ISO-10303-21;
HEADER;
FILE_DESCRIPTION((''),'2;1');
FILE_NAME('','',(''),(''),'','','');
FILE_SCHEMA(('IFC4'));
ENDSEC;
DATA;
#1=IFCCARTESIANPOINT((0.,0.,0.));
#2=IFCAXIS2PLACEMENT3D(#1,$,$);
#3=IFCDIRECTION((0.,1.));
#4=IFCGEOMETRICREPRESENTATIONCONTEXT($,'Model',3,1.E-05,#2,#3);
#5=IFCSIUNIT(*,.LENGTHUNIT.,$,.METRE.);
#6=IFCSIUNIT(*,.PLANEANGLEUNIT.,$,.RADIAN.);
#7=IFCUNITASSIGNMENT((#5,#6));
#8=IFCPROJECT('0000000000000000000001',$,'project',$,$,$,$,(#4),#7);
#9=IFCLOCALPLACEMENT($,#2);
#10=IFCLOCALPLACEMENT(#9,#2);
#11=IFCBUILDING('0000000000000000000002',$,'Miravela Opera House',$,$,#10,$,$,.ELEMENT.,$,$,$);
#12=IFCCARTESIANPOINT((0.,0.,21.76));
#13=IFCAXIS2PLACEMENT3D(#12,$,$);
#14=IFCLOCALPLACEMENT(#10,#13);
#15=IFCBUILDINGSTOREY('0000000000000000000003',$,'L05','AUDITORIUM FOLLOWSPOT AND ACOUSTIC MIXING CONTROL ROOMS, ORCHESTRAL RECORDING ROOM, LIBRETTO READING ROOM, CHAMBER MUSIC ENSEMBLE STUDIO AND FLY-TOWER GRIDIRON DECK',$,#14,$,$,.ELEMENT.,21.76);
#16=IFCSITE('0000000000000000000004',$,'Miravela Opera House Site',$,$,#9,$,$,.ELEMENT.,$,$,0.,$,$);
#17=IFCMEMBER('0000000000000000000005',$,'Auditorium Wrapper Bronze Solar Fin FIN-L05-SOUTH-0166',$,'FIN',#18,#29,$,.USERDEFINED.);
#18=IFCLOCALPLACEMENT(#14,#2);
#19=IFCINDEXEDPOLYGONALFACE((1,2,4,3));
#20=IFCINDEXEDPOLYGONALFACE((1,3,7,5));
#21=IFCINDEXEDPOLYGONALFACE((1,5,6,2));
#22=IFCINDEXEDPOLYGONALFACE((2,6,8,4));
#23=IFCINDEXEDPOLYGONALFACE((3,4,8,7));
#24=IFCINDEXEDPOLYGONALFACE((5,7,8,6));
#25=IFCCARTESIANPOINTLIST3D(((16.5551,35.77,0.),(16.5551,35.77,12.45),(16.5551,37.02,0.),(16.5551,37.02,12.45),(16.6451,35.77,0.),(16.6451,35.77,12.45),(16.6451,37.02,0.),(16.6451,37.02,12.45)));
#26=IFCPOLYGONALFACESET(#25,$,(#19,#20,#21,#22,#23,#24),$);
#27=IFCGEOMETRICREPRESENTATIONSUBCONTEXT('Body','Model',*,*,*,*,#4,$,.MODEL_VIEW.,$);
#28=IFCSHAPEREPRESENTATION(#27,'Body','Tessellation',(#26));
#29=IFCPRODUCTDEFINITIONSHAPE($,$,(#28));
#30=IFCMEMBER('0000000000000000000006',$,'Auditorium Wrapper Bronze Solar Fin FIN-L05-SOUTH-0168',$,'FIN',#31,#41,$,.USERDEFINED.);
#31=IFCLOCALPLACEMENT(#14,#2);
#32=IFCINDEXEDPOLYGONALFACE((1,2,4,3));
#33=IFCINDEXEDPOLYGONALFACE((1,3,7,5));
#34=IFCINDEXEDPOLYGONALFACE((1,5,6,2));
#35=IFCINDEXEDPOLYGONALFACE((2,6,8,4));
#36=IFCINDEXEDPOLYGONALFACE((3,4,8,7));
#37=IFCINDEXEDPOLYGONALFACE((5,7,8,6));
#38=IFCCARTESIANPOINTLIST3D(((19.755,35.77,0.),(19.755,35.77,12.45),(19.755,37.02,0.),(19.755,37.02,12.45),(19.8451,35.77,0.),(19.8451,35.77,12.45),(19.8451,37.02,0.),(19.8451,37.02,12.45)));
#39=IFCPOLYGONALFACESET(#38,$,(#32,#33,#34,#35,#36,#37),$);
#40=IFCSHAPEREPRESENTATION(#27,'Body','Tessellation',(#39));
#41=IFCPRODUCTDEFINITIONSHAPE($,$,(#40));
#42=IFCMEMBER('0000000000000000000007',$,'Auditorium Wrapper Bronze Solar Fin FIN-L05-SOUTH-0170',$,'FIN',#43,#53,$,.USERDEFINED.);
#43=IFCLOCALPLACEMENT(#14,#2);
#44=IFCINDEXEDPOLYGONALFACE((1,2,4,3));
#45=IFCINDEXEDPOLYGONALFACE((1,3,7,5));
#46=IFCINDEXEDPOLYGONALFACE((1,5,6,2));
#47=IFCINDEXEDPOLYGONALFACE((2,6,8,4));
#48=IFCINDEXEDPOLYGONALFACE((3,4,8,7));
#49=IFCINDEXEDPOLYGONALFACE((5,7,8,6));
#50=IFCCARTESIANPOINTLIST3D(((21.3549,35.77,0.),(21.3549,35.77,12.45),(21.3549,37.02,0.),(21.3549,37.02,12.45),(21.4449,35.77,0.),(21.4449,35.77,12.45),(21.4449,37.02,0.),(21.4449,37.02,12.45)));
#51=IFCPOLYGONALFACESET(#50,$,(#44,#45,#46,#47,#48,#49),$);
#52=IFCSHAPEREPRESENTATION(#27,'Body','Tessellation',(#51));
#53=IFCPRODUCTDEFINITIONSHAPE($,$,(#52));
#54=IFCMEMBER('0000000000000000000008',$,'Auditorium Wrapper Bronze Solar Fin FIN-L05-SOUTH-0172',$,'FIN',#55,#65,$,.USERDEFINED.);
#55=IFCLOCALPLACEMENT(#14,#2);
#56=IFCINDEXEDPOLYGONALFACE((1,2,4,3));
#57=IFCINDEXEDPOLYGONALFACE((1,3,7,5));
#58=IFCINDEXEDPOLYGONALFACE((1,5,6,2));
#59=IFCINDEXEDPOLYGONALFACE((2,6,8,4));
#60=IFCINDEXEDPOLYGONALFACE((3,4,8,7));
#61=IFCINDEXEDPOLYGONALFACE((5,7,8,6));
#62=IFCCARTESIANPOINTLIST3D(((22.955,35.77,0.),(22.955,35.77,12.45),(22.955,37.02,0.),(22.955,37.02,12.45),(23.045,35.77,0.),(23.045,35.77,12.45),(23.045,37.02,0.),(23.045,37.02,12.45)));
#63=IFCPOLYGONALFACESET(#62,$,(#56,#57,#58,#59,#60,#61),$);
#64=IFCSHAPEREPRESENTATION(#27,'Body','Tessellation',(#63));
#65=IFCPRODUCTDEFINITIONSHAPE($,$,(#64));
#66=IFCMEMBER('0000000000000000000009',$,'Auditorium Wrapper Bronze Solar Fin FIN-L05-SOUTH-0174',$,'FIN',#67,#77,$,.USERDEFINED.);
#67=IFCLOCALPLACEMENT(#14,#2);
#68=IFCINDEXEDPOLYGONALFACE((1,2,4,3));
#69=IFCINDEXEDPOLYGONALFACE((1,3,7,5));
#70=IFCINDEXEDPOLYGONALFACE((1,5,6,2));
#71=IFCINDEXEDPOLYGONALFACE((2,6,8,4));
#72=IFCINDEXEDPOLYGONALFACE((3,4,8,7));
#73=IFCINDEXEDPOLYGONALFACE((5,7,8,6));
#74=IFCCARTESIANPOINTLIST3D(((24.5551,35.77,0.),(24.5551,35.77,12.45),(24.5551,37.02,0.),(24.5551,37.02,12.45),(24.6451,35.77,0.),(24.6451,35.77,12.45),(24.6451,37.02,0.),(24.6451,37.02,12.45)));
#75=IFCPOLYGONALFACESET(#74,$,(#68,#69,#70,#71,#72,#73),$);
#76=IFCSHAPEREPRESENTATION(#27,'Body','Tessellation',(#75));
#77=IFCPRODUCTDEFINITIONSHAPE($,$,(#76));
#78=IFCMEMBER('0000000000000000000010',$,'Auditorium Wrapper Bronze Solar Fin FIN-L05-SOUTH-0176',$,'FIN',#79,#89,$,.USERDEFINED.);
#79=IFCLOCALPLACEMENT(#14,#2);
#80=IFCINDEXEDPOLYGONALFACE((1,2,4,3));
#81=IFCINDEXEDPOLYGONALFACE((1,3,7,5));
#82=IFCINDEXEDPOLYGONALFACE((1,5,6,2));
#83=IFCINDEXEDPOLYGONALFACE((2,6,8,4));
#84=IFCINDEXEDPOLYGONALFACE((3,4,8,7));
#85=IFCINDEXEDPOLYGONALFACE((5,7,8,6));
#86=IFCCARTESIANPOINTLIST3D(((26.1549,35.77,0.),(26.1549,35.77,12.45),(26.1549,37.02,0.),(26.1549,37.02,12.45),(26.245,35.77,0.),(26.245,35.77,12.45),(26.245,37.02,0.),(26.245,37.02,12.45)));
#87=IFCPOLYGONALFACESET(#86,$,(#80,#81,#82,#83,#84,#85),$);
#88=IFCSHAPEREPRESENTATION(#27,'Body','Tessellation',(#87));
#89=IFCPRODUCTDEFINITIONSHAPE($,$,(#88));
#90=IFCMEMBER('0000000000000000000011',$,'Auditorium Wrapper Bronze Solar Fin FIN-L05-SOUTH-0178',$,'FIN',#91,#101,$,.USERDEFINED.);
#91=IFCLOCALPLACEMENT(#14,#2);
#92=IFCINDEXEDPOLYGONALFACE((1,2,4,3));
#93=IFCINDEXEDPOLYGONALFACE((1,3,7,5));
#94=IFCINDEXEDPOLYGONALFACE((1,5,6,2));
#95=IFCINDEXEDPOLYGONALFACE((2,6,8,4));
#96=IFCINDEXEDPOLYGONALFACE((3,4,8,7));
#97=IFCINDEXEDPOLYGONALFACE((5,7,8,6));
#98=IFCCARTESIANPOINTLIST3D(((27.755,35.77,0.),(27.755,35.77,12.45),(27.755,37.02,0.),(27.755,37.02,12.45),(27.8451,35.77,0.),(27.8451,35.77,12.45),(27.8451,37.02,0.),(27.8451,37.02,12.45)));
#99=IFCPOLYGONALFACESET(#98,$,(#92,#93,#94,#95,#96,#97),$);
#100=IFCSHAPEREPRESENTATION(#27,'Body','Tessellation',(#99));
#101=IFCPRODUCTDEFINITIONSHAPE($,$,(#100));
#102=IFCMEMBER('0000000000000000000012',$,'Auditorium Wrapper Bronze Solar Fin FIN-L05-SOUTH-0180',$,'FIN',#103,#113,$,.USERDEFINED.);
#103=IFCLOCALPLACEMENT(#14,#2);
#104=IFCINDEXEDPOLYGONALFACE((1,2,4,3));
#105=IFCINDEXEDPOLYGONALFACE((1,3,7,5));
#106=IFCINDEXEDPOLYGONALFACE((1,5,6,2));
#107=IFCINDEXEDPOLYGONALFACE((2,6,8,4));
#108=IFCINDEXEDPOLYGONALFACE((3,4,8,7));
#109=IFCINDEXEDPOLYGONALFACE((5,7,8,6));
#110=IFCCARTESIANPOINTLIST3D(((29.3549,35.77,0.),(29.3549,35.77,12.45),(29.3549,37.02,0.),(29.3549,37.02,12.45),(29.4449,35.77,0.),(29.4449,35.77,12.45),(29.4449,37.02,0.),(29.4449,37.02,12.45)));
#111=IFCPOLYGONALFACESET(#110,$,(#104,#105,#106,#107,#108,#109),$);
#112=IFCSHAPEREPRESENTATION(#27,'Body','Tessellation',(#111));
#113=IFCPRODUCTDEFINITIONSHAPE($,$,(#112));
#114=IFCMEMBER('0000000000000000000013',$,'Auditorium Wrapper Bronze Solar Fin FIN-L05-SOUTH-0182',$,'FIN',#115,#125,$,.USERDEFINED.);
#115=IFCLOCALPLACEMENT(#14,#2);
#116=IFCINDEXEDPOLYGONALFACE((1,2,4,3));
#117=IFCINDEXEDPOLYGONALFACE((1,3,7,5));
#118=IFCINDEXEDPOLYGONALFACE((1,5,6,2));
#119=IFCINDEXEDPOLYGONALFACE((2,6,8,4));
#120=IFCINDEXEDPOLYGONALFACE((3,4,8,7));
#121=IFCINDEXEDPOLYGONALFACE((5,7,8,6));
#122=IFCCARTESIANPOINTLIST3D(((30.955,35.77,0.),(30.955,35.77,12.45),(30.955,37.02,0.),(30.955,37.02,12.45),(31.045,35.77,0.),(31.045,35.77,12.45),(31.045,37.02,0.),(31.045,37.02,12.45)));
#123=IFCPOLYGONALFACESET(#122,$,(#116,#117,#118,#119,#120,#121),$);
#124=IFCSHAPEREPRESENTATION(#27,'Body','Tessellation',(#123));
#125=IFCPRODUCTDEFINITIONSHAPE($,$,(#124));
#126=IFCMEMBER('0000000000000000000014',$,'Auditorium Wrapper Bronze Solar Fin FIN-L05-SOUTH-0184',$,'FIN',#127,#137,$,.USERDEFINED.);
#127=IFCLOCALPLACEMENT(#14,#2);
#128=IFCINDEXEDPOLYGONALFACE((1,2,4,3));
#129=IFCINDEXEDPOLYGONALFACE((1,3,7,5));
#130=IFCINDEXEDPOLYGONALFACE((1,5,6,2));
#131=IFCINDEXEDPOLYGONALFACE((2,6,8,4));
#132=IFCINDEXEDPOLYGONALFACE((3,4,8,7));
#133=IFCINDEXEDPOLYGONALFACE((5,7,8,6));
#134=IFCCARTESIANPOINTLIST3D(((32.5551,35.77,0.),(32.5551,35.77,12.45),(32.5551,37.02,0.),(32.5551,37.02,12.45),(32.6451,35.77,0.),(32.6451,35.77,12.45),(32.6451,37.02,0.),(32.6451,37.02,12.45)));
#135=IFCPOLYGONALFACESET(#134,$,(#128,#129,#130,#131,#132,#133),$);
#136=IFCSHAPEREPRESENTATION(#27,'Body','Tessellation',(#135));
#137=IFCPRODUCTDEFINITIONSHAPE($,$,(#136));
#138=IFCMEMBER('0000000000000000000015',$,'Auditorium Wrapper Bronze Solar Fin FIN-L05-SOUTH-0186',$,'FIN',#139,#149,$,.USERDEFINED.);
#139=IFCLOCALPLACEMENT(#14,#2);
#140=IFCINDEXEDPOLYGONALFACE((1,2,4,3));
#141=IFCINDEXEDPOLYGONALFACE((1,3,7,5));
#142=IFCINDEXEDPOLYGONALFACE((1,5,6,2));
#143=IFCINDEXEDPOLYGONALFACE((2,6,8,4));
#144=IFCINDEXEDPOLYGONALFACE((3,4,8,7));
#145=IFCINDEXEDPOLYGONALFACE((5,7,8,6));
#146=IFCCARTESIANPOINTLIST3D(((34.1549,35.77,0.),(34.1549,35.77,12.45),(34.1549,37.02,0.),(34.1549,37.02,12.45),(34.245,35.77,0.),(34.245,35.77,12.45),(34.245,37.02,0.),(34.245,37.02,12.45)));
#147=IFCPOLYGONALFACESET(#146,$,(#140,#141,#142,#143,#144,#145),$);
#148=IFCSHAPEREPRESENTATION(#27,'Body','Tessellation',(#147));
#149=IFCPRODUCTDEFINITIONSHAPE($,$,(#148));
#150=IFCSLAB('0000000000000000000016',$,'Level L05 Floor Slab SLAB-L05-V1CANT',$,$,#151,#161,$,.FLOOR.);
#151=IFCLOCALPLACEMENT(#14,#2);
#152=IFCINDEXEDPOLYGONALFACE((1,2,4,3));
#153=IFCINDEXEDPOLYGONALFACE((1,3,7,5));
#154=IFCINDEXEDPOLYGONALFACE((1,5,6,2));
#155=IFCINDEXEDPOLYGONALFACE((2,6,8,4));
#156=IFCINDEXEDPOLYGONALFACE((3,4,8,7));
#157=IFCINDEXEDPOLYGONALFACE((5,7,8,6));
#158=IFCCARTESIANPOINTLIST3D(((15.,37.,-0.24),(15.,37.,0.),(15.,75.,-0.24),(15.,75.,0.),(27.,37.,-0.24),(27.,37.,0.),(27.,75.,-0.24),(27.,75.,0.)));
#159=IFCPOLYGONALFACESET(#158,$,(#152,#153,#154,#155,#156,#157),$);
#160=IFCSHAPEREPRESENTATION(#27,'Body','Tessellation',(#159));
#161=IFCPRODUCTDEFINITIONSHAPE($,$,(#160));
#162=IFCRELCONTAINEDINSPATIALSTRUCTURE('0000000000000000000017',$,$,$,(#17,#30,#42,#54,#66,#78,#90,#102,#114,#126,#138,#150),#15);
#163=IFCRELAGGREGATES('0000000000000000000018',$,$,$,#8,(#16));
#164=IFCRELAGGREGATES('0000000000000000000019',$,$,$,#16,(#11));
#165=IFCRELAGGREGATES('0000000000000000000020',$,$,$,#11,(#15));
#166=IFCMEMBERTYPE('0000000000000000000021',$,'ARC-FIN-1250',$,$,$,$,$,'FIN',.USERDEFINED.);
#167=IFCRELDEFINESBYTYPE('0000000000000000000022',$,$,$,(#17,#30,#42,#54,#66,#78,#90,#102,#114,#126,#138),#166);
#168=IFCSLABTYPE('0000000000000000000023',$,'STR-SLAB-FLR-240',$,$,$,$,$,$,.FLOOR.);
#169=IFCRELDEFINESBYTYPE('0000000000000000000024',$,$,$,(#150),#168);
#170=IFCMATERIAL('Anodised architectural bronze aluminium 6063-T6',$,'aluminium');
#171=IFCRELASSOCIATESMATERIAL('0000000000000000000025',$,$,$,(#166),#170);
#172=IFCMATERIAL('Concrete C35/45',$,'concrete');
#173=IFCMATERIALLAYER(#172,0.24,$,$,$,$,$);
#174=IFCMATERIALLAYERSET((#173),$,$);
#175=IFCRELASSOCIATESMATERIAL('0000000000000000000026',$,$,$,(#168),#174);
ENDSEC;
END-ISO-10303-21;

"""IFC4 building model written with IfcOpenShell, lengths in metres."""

from ifc_helpers import new_model, si_unit, direction, frame, origin, origin_2d, place, context, subcontext, project, spatial, polyline, rectangle, outline, extrude, material, layer, layer_set, material_profile, profile_set, type_object, element, save


model = new_model("IFC4")

# Units and contexts
model_context = context("Model", 3, precision=1e-05, world=origin(), true_north=direction((0.0, 1.0)))
body_context = subcontext(model_context, "Body", "Model", "MODEL_VIEW")
ifc_project = project(units=[si_unit("LENGTHUNIT", "METRE"), si_unit("PLANEANGLEUNIT", "RADIAN")], contexts=[model_context])

# Site, building, storey
site_placement = place(None, origin())
site = spatial("IfcSite", under=ifc_project, at=site_placement, Name="Miravela Opera House Site", CompositionType="ELEMENT", RefElevation=0.0)
building_placement = place(site_placement, origin())
building = spatial("IfcBuilding", under=site, at=building_placement, Name="Miravela Opera House", CompositionType="ELEMENT")
storey_placement = place(building_placement, frame((0.0, 0.0, 21.76)))
storey = spatial("IfcBuildingStorey", under=building, at=storey_placement, Name="L05", Description="AUDITORIUM FOLLOWSPOT AND ACOUSTIC MIXING CONTROL ROOMS, ORCHESTRAL RECORDING ROOM, LIBRETTO READING ROOM, CHAMBER MUSIC ENSEMBLE STUDIO AND FLY-TOWER GRIDIRON DECK", CompositionType="ELEMENT", Elevation=21.76)

# Members
ifc_material_1 = material(Name="Anodised architectural bronze aluminium 6063-T6", Category="aluminium")
ifc_material_profile = material_profile(ifc_material_1, rectangle(XDim=0.0901, YDim=1.25, at=origin_2d()), Name="FIN-1250X90")
ifc_profile_set = profile_set([ifc_material_profile])
member_type = type_object("IfcMemberType", Name="ARC-FIN-1250", ElementType="FIN", PredefinedType="USERDEFINED", material=ifc_profile_set)
for number, where, z_axis, x_axis, name in (
    (1, (16.6001, 36.395, 0.0), (0.0, 0.0, 1.0), (1.0, 0.0, 0.0), "Auditorium Wrapper Bronze Solar Fin FIN-L05-SOUTH-0166"),
    (2, (19.8, 36.395, 0.0), (0.0, 0.0, 1.0), (1.0, 0.0, 0.0), "Auditorium Wrapper Bronze Solar Fin FIN-L05-SOUTH-0168"),
    (3, (21.3999, 36.395, 0.0), (0.0, 0.0, 1.0), (1.0, 0.0, 0.0), "Auditorium Wrapper Bronze Solar Fin FIN-L05-SOUTH-0170"),
    (4, (23.0, 36.395, 0.0), (0.0, 0.0, 1.0), (1.0, 0.0, 0.0), "Auditorium Wrapper Bronze Solar Fin FIN-L05-SOUTH-0172"),
    (5, (24.6001, 36.395, 0.0), (0.0, 0.0, 1.0), (1.0, 0.0, 0.0), "Auditorium Wrapper Bronze Solar Fin FIN-L05-SOUTH-0174"),
    (6, (26.2, 36.395, 0.0), (0.0, 0.0, 1.0), (1.0, 0.0, 0.0), "Auditorium Wrapper Bronze Solar Fin FIN-L05-SOUTH-0176"),
    (7, (27.8, 36.395, 0.0), (0.0, 0.0, 1.0), (1.0, 0.0, 0.0), "Auditorium Wrapper Bronze Solar Fin FIN-L05-SOUTH-0178"),
    (8, (29.3999, 36.395, 0.0), (0.0, 0.0, 1.0), (1.0, 0.0, 0.0), "Auditorium Wrapper Bronze Solar Fin FIN-L05-SOUTH-0180"),
    (9, (31.0, 36.395, 0.0), (0.0, 0.0, 1.0), (1.0, 0.0, 0.0), "Auditorium Wrapper Bronze Solar Fin FIN-L05-SOUTH-0182"),
    (10, (32.6001, 36.395, 0.0), (0.0, 0.0, 1.0), (1.0, 0.0, 0.0), "Auditorium Wrapper Bronze Solar Fin FIN-L05-SOUTH-0184"),
    (11, (34.2, 36.395, 0.0), (0.0, 0.0, 1.0), (1.0, 0.0, 0.0), "Auditorium Wrapper Bronze Solar Fin FIN-L05-SOUTH-0186"),
):
    element("IfcMember", number, at=place(storey_placement, frame(where, z_axis=z_axis, x_axis=x_axis)), inside=storey, type_object=member_type, Name=name, ObjectType="FIN", PredefinedType="USERDEFINED", context=body_context, shape_type="SweptSolid", body=[
        extrude(rectangle(XDim=0.0901, YDim=1.25, at=origin_2d()), origin(), (0.0, 0.0, 1.0), 12.45),
    ])

# Slab
ifc_material_2 = material(Name="Concrete C35/45", Category="concrete")
ifc_layer_1 = layer(ifc_material_2, 0.24)
ifc_layer_set_1 = layer_set([ifc_layer_1])
slab_type = type_object("IfcSlabType", Name="STR-SLAB-FLR-240", PredefinedType="FLOOR", material=ifc_layer_set_1)
slab_1_placement = place(storey_placement, frame((0.0, 0.0, -0.24)))
element("IfcSlab", 12, at=slab_1_placement, inside=storey, type_object=slab_type, Name="Level L05 Floor Slab SLAB-L05-V1CANT", PredefinedType="FLOOR", context=body_context, shape_type="SweptSolid", body=[
    extrude(outline(polyline([(15.0, 37.0), (27.0, 37.0), (27.0, 75.0), (15.0, 75.0), (15.0, 37.0)])), origin(), (0.0, 0.0, 1.0), 0.24),
])

save(model, "model.ifc")
